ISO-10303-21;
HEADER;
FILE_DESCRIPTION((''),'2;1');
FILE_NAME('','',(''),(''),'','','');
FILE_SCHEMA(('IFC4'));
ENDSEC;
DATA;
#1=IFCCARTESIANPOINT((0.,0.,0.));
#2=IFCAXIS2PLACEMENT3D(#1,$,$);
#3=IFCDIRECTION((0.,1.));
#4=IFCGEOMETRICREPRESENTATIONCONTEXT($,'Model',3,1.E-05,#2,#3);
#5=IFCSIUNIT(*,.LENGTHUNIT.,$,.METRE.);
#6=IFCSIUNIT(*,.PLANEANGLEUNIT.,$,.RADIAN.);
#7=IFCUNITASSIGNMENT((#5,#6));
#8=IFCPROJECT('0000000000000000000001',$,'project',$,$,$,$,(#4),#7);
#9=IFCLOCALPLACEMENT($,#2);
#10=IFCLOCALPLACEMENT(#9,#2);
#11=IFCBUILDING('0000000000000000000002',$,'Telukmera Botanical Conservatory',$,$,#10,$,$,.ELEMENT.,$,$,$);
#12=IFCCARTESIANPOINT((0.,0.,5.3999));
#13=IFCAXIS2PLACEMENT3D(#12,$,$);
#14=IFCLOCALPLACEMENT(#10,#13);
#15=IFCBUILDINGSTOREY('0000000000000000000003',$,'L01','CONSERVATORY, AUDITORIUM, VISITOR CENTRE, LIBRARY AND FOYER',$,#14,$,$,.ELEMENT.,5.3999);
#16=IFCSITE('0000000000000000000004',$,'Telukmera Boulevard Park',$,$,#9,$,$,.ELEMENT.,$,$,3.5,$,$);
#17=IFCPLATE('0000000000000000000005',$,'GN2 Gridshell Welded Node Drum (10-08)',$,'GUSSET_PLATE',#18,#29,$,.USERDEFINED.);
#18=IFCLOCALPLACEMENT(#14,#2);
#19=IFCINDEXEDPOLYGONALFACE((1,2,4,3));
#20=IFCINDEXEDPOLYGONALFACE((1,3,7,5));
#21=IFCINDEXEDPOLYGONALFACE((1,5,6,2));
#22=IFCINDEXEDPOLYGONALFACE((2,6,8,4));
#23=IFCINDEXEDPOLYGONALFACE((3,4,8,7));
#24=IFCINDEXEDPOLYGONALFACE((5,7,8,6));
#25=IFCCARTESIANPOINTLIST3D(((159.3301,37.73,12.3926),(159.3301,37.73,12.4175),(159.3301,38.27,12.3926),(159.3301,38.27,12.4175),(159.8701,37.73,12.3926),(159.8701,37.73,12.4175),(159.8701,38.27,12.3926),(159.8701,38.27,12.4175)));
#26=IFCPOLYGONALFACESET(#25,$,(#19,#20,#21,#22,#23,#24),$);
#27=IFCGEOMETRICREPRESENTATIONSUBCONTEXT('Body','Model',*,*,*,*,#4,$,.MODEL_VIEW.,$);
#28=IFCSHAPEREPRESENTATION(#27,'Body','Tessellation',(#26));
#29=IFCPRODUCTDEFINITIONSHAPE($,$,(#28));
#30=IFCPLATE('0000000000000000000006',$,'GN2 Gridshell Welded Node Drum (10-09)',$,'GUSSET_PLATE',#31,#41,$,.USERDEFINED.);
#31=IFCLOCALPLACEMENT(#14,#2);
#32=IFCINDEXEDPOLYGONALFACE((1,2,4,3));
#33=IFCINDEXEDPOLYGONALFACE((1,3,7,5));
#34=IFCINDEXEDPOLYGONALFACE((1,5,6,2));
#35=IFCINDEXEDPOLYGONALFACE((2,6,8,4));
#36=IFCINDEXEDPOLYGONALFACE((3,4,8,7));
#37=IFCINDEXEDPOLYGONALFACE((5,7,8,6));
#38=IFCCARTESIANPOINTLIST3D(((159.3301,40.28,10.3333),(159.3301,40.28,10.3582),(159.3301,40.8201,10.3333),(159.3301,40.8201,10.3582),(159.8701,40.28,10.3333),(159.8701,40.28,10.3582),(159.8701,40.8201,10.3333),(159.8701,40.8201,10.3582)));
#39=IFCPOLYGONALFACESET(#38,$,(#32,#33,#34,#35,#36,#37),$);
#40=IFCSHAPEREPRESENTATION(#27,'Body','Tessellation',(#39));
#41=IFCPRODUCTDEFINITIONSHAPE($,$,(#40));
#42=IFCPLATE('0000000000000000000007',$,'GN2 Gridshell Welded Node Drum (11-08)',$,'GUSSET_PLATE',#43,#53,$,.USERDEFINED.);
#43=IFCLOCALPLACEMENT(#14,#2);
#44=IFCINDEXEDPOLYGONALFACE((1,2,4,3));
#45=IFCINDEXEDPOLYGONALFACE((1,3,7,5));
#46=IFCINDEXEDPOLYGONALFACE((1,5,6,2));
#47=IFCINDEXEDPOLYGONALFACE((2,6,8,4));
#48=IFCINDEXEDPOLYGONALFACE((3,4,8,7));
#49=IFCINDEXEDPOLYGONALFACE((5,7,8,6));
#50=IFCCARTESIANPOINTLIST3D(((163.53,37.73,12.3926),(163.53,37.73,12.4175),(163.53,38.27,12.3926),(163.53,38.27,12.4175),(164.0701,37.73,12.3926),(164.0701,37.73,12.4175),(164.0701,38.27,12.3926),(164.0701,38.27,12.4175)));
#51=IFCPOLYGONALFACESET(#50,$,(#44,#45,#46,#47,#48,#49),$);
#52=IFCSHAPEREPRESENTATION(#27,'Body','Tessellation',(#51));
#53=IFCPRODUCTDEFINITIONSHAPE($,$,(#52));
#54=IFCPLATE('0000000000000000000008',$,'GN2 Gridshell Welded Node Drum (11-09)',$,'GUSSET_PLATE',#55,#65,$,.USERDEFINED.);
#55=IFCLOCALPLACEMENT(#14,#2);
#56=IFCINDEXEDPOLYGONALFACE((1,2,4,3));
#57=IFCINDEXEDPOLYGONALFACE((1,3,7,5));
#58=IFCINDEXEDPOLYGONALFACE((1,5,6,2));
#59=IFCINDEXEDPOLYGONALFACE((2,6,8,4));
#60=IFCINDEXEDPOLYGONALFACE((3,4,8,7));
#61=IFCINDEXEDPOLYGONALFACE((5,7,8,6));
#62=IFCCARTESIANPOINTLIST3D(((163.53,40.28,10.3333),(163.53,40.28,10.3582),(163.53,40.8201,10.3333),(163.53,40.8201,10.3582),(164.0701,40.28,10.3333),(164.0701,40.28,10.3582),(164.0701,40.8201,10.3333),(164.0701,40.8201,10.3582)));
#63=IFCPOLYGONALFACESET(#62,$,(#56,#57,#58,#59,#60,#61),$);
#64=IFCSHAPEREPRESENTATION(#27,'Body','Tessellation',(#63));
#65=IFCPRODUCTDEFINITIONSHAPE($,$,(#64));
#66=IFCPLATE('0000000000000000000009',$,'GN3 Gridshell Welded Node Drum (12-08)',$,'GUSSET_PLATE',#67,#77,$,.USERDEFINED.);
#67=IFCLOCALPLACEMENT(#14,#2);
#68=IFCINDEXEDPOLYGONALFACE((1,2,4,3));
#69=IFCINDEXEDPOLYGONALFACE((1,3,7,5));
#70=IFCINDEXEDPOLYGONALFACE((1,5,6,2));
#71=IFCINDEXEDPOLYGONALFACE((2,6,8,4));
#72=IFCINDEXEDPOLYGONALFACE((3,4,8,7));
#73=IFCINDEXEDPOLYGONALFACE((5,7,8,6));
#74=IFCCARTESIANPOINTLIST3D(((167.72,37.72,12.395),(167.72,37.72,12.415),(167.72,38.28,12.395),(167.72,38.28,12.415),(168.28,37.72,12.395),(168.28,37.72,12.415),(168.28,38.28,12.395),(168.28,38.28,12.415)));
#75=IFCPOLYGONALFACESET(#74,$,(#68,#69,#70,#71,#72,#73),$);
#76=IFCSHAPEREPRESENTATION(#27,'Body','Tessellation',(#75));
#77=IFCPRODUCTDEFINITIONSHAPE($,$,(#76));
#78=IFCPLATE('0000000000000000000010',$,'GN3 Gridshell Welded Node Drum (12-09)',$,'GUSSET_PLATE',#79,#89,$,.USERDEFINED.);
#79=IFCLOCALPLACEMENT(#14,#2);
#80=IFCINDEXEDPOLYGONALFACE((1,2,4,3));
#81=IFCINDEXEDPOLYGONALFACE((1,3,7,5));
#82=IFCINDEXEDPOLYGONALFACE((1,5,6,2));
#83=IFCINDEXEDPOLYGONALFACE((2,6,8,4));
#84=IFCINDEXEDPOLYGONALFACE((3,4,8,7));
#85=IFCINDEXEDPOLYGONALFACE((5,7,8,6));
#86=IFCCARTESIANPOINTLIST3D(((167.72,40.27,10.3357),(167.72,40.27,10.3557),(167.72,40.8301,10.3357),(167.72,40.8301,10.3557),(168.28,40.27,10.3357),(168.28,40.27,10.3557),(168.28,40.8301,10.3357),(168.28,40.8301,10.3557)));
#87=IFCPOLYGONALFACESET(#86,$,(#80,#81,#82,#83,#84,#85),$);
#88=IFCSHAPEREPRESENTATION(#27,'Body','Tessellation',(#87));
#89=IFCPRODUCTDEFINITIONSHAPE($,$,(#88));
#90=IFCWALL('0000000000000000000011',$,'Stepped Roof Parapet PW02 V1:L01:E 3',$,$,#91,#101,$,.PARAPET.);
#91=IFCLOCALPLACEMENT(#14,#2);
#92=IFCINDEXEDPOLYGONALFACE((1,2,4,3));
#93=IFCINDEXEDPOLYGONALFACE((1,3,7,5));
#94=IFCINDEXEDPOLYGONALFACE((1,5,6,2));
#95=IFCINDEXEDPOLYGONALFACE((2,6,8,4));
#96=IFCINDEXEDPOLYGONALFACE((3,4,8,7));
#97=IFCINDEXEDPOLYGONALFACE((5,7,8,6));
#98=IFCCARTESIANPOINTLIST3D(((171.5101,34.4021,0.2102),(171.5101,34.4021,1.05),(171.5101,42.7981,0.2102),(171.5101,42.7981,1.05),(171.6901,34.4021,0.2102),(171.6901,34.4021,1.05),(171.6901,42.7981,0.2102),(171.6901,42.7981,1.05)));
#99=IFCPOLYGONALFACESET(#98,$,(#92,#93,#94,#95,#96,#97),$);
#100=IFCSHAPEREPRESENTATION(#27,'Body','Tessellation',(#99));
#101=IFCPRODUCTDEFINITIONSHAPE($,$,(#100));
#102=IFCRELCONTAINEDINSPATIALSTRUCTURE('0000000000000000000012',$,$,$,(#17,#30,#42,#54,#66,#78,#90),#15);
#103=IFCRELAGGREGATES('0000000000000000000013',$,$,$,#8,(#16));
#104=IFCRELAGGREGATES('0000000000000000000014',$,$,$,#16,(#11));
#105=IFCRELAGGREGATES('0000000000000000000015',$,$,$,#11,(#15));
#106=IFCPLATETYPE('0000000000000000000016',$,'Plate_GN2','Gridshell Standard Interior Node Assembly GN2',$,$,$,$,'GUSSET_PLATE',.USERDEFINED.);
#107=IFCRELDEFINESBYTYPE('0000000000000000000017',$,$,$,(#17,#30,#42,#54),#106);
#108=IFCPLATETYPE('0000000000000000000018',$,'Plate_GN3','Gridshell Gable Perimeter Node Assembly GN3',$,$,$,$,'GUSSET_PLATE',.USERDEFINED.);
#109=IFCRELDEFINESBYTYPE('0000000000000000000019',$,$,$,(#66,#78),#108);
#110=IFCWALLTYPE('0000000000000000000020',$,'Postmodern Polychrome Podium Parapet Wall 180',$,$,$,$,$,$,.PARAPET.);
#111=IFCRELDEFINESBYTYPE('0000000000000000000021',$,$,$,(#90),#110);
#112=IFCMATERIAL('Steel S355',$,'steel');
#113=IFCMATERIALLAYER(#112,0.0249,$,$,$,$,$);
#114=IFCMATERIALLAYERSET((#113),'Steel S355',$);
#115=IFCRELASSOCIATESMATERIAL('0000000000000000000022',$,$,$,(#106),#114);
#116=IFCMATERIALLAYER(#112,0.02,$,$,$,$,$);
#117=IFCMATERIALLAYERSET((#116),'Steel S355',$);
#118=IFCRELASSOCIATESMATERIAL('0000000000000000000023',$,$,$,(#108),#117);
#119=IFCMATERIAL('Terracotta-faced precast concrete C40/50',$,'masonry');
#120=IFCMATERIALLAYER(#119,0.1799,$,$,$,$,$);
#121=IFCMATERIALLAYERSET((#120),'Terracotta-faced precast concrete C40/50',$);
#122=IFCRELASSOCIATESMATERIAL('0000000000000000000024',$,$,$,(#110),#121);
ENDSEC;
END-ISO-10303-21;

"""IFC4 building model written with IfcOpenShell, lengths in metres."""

from ifc_helpers import new_model, si_unit, direction, frame, frame_2d, origin, origin_2d, place, context, subcontext, project, spatial, rectangle, extrude, material, layer, layer_set, type_object, element, save


model = new_model("IFC4")

# Units and contexts
model_context = context("Model", 3, precision=1e-05, world=origin(), true_north=direction((0.0, 1.0)))
body_context = subcontext(model_context, "Body", "Model", "MODEL_VIEW")
ifc_project = project(units=[si_unit("LENGTHUNIT", "METRE"), si_unit("PLANEANGLEUNIT", "RADIAN")], contexts=[model_context])

# Site, building, storey
site_placement = place(None, origin())
site = spatial("IfcSite", under=ifc_project, at=site_placement, Name="Telukmera Boulevard Park", CompositionType="ELEMENT", RefElevation=3.5)
building_placement = place(site_placement, origin())
building = spatial("IfcBuilding", under=site, at=building_placement, Name="Telukmera Botanical Conservatory", CompositionType="ELEMENT")
storey_placement = place(building_placement, frame((0.0, 0.0, 5.3999)))
storey = spatial("IfcBuildingStorey", under=building, at=storey_placement, Name="L01", Description="CONSERVATORY, AUDITORIUM, VISITOR CENTRE, LIBRARY AND FOYER", CompositionType="ELEMENT", Elevation=5.3999)

# Shared definitions
ifc_material_1 = material(Name="Steel S355", Category="steel")

# Plates
ifc_layer_1 = layer(ifc_material_1, 0.0249)
ifc_layer_set_1 = layer_set([ifc_layer_1], Name="Steel S355")
plate_type_1 = type_object("IfcPlateType", Name="Plate_GN2", Description="Gridshell Standard Interior Node Assembly GN2", ElementType="GUSSET_PLATE", PredefinedType="USERDEFINED", material=ifc_layer_set_1)
for number, where, z_axis, x_axis, name in (
    (1, (159.6001, 38.0, 12.3926), (0.0, 0.0, 1.0), (1.0, 0.0, 0.0), "GN2 Gridshell Welded Node Drum (10-08)"),
    (2, (159.6001, 40.55, 10.3333), (0.0, 0.0, 1.0), (1.0, 0.0, 0.0), "GN2 Gridshell Welded Node Drum (10-09)"),
    (3, (163.8, 38.0, 12.3926), (0.0, 0.0, 1.0), (1.0, 0.0, 0.0), "GN2 Gridshell Welded Node Drum (11-08)"),
    (4, (163.8, 40.55, 10.3333), (0.0, 0.0, 1.0), (1.0, 0.0, 0.0), "GN2 Gridshell Welded Node Drum (11-09)"),
):
    element("IfcPlate", number, at=place(storey_placement, frame(where, z_axis=z_axis, x_axis=x_axis)), inside=storey, type_object=plate_type_1, Name=name, ObjectType="GUSSET_PLATE", PredefinedType="USERDEFINED", context=body_context, shape_type="SweptSolid", body=[
        extrude(rectangle(XDim=0.54, YDim=0.54, at=origin_2d()), origin(), (0.0, 0.0, 1.0), 0.0249),
    ])
ifc_layer_2 = layer(ifc_material_1, 0.02)
ifc_layer_set_2 = layer_set([ifc_layer_2], Name="Steel S355")
plate_type_2 = type_object("IfcPlateType", Name="Plate_GN3", Description="Gridshell Gable Perimeter Node Assembly GN3", ElementType="GUSSET_PLATE", PredefinedType="USERDEFINED", material=ifc_layer_set_2)
for number, where, z_axis, x_axis, name in (
    (5, (168.0, 38.0, 12.395), (0.0, 0.0, 1.0), (1.0, 0.0, 0.0), "GN3 Gridshell Welded Node Drum (12-08)"),
    (6, (168.0, 40.55, 10.3357), (0.0, 0.0, 1.0), (1.0, 0.0, 0.0), "GN3 Gridshell Welded Node Drum (12-09)"),
):
    element("IfcPlate", number, at=place(storey_placement, frame(where, z_axis=z_axis, x_axis=x_axis)), inside=storey, type_object=plate_type_2, Name=name, ObjectType="GUSSET_PLATE", PredefinedType="USERDEFINED", context=body_context, shape_type="SweptSolid", body=[
        extrude(rectangle(XDim=0.5601, YDim=0.5601, at=origin_2d()), origin(), (0.0, 0.0, 1.0), 0.02),
    ])

# Wall
ifc_material_2 = material(Name="Terracotta-faced precast concrete C40/50", Category="masonry")
ifc_layer_3 = layer(ifc_material_2, 0.1799)
ifc_layer_set_3 = layer_set([ifc_layer_3], Name="Terracotta-faced precast concrete C40/50")
wall_type = type_object("IfcWallType", Name="Postmodern Polychrome Podium Parapet Wall 180", PredefinedType="PARAPET", material=ifc_layer_set_3)
wall_placement = place(storey_placement, frame((171.6001, 34.4021, 0.2102), z_axis=(0.0, 0.0, 1.0), x_axis=(0.0, 1.0, 0.0)))
element("IfcWall", 7, at=wall_placement, inside=storey, type_object=wall_type, Name="Stepped Roof Parapet PW02 V1:L01:E 3", PredefinedType="PARAPET", context=body_context, shape_type="SweptSolid", body=[
    extrude(rectangle(XDim=8.396, YDim=0.1799, at=frame_2d((4.198, 0.0))), origin(), (0.0, 0.0, 1.0), 0.8398),
])

save(model, "model.ifc")
